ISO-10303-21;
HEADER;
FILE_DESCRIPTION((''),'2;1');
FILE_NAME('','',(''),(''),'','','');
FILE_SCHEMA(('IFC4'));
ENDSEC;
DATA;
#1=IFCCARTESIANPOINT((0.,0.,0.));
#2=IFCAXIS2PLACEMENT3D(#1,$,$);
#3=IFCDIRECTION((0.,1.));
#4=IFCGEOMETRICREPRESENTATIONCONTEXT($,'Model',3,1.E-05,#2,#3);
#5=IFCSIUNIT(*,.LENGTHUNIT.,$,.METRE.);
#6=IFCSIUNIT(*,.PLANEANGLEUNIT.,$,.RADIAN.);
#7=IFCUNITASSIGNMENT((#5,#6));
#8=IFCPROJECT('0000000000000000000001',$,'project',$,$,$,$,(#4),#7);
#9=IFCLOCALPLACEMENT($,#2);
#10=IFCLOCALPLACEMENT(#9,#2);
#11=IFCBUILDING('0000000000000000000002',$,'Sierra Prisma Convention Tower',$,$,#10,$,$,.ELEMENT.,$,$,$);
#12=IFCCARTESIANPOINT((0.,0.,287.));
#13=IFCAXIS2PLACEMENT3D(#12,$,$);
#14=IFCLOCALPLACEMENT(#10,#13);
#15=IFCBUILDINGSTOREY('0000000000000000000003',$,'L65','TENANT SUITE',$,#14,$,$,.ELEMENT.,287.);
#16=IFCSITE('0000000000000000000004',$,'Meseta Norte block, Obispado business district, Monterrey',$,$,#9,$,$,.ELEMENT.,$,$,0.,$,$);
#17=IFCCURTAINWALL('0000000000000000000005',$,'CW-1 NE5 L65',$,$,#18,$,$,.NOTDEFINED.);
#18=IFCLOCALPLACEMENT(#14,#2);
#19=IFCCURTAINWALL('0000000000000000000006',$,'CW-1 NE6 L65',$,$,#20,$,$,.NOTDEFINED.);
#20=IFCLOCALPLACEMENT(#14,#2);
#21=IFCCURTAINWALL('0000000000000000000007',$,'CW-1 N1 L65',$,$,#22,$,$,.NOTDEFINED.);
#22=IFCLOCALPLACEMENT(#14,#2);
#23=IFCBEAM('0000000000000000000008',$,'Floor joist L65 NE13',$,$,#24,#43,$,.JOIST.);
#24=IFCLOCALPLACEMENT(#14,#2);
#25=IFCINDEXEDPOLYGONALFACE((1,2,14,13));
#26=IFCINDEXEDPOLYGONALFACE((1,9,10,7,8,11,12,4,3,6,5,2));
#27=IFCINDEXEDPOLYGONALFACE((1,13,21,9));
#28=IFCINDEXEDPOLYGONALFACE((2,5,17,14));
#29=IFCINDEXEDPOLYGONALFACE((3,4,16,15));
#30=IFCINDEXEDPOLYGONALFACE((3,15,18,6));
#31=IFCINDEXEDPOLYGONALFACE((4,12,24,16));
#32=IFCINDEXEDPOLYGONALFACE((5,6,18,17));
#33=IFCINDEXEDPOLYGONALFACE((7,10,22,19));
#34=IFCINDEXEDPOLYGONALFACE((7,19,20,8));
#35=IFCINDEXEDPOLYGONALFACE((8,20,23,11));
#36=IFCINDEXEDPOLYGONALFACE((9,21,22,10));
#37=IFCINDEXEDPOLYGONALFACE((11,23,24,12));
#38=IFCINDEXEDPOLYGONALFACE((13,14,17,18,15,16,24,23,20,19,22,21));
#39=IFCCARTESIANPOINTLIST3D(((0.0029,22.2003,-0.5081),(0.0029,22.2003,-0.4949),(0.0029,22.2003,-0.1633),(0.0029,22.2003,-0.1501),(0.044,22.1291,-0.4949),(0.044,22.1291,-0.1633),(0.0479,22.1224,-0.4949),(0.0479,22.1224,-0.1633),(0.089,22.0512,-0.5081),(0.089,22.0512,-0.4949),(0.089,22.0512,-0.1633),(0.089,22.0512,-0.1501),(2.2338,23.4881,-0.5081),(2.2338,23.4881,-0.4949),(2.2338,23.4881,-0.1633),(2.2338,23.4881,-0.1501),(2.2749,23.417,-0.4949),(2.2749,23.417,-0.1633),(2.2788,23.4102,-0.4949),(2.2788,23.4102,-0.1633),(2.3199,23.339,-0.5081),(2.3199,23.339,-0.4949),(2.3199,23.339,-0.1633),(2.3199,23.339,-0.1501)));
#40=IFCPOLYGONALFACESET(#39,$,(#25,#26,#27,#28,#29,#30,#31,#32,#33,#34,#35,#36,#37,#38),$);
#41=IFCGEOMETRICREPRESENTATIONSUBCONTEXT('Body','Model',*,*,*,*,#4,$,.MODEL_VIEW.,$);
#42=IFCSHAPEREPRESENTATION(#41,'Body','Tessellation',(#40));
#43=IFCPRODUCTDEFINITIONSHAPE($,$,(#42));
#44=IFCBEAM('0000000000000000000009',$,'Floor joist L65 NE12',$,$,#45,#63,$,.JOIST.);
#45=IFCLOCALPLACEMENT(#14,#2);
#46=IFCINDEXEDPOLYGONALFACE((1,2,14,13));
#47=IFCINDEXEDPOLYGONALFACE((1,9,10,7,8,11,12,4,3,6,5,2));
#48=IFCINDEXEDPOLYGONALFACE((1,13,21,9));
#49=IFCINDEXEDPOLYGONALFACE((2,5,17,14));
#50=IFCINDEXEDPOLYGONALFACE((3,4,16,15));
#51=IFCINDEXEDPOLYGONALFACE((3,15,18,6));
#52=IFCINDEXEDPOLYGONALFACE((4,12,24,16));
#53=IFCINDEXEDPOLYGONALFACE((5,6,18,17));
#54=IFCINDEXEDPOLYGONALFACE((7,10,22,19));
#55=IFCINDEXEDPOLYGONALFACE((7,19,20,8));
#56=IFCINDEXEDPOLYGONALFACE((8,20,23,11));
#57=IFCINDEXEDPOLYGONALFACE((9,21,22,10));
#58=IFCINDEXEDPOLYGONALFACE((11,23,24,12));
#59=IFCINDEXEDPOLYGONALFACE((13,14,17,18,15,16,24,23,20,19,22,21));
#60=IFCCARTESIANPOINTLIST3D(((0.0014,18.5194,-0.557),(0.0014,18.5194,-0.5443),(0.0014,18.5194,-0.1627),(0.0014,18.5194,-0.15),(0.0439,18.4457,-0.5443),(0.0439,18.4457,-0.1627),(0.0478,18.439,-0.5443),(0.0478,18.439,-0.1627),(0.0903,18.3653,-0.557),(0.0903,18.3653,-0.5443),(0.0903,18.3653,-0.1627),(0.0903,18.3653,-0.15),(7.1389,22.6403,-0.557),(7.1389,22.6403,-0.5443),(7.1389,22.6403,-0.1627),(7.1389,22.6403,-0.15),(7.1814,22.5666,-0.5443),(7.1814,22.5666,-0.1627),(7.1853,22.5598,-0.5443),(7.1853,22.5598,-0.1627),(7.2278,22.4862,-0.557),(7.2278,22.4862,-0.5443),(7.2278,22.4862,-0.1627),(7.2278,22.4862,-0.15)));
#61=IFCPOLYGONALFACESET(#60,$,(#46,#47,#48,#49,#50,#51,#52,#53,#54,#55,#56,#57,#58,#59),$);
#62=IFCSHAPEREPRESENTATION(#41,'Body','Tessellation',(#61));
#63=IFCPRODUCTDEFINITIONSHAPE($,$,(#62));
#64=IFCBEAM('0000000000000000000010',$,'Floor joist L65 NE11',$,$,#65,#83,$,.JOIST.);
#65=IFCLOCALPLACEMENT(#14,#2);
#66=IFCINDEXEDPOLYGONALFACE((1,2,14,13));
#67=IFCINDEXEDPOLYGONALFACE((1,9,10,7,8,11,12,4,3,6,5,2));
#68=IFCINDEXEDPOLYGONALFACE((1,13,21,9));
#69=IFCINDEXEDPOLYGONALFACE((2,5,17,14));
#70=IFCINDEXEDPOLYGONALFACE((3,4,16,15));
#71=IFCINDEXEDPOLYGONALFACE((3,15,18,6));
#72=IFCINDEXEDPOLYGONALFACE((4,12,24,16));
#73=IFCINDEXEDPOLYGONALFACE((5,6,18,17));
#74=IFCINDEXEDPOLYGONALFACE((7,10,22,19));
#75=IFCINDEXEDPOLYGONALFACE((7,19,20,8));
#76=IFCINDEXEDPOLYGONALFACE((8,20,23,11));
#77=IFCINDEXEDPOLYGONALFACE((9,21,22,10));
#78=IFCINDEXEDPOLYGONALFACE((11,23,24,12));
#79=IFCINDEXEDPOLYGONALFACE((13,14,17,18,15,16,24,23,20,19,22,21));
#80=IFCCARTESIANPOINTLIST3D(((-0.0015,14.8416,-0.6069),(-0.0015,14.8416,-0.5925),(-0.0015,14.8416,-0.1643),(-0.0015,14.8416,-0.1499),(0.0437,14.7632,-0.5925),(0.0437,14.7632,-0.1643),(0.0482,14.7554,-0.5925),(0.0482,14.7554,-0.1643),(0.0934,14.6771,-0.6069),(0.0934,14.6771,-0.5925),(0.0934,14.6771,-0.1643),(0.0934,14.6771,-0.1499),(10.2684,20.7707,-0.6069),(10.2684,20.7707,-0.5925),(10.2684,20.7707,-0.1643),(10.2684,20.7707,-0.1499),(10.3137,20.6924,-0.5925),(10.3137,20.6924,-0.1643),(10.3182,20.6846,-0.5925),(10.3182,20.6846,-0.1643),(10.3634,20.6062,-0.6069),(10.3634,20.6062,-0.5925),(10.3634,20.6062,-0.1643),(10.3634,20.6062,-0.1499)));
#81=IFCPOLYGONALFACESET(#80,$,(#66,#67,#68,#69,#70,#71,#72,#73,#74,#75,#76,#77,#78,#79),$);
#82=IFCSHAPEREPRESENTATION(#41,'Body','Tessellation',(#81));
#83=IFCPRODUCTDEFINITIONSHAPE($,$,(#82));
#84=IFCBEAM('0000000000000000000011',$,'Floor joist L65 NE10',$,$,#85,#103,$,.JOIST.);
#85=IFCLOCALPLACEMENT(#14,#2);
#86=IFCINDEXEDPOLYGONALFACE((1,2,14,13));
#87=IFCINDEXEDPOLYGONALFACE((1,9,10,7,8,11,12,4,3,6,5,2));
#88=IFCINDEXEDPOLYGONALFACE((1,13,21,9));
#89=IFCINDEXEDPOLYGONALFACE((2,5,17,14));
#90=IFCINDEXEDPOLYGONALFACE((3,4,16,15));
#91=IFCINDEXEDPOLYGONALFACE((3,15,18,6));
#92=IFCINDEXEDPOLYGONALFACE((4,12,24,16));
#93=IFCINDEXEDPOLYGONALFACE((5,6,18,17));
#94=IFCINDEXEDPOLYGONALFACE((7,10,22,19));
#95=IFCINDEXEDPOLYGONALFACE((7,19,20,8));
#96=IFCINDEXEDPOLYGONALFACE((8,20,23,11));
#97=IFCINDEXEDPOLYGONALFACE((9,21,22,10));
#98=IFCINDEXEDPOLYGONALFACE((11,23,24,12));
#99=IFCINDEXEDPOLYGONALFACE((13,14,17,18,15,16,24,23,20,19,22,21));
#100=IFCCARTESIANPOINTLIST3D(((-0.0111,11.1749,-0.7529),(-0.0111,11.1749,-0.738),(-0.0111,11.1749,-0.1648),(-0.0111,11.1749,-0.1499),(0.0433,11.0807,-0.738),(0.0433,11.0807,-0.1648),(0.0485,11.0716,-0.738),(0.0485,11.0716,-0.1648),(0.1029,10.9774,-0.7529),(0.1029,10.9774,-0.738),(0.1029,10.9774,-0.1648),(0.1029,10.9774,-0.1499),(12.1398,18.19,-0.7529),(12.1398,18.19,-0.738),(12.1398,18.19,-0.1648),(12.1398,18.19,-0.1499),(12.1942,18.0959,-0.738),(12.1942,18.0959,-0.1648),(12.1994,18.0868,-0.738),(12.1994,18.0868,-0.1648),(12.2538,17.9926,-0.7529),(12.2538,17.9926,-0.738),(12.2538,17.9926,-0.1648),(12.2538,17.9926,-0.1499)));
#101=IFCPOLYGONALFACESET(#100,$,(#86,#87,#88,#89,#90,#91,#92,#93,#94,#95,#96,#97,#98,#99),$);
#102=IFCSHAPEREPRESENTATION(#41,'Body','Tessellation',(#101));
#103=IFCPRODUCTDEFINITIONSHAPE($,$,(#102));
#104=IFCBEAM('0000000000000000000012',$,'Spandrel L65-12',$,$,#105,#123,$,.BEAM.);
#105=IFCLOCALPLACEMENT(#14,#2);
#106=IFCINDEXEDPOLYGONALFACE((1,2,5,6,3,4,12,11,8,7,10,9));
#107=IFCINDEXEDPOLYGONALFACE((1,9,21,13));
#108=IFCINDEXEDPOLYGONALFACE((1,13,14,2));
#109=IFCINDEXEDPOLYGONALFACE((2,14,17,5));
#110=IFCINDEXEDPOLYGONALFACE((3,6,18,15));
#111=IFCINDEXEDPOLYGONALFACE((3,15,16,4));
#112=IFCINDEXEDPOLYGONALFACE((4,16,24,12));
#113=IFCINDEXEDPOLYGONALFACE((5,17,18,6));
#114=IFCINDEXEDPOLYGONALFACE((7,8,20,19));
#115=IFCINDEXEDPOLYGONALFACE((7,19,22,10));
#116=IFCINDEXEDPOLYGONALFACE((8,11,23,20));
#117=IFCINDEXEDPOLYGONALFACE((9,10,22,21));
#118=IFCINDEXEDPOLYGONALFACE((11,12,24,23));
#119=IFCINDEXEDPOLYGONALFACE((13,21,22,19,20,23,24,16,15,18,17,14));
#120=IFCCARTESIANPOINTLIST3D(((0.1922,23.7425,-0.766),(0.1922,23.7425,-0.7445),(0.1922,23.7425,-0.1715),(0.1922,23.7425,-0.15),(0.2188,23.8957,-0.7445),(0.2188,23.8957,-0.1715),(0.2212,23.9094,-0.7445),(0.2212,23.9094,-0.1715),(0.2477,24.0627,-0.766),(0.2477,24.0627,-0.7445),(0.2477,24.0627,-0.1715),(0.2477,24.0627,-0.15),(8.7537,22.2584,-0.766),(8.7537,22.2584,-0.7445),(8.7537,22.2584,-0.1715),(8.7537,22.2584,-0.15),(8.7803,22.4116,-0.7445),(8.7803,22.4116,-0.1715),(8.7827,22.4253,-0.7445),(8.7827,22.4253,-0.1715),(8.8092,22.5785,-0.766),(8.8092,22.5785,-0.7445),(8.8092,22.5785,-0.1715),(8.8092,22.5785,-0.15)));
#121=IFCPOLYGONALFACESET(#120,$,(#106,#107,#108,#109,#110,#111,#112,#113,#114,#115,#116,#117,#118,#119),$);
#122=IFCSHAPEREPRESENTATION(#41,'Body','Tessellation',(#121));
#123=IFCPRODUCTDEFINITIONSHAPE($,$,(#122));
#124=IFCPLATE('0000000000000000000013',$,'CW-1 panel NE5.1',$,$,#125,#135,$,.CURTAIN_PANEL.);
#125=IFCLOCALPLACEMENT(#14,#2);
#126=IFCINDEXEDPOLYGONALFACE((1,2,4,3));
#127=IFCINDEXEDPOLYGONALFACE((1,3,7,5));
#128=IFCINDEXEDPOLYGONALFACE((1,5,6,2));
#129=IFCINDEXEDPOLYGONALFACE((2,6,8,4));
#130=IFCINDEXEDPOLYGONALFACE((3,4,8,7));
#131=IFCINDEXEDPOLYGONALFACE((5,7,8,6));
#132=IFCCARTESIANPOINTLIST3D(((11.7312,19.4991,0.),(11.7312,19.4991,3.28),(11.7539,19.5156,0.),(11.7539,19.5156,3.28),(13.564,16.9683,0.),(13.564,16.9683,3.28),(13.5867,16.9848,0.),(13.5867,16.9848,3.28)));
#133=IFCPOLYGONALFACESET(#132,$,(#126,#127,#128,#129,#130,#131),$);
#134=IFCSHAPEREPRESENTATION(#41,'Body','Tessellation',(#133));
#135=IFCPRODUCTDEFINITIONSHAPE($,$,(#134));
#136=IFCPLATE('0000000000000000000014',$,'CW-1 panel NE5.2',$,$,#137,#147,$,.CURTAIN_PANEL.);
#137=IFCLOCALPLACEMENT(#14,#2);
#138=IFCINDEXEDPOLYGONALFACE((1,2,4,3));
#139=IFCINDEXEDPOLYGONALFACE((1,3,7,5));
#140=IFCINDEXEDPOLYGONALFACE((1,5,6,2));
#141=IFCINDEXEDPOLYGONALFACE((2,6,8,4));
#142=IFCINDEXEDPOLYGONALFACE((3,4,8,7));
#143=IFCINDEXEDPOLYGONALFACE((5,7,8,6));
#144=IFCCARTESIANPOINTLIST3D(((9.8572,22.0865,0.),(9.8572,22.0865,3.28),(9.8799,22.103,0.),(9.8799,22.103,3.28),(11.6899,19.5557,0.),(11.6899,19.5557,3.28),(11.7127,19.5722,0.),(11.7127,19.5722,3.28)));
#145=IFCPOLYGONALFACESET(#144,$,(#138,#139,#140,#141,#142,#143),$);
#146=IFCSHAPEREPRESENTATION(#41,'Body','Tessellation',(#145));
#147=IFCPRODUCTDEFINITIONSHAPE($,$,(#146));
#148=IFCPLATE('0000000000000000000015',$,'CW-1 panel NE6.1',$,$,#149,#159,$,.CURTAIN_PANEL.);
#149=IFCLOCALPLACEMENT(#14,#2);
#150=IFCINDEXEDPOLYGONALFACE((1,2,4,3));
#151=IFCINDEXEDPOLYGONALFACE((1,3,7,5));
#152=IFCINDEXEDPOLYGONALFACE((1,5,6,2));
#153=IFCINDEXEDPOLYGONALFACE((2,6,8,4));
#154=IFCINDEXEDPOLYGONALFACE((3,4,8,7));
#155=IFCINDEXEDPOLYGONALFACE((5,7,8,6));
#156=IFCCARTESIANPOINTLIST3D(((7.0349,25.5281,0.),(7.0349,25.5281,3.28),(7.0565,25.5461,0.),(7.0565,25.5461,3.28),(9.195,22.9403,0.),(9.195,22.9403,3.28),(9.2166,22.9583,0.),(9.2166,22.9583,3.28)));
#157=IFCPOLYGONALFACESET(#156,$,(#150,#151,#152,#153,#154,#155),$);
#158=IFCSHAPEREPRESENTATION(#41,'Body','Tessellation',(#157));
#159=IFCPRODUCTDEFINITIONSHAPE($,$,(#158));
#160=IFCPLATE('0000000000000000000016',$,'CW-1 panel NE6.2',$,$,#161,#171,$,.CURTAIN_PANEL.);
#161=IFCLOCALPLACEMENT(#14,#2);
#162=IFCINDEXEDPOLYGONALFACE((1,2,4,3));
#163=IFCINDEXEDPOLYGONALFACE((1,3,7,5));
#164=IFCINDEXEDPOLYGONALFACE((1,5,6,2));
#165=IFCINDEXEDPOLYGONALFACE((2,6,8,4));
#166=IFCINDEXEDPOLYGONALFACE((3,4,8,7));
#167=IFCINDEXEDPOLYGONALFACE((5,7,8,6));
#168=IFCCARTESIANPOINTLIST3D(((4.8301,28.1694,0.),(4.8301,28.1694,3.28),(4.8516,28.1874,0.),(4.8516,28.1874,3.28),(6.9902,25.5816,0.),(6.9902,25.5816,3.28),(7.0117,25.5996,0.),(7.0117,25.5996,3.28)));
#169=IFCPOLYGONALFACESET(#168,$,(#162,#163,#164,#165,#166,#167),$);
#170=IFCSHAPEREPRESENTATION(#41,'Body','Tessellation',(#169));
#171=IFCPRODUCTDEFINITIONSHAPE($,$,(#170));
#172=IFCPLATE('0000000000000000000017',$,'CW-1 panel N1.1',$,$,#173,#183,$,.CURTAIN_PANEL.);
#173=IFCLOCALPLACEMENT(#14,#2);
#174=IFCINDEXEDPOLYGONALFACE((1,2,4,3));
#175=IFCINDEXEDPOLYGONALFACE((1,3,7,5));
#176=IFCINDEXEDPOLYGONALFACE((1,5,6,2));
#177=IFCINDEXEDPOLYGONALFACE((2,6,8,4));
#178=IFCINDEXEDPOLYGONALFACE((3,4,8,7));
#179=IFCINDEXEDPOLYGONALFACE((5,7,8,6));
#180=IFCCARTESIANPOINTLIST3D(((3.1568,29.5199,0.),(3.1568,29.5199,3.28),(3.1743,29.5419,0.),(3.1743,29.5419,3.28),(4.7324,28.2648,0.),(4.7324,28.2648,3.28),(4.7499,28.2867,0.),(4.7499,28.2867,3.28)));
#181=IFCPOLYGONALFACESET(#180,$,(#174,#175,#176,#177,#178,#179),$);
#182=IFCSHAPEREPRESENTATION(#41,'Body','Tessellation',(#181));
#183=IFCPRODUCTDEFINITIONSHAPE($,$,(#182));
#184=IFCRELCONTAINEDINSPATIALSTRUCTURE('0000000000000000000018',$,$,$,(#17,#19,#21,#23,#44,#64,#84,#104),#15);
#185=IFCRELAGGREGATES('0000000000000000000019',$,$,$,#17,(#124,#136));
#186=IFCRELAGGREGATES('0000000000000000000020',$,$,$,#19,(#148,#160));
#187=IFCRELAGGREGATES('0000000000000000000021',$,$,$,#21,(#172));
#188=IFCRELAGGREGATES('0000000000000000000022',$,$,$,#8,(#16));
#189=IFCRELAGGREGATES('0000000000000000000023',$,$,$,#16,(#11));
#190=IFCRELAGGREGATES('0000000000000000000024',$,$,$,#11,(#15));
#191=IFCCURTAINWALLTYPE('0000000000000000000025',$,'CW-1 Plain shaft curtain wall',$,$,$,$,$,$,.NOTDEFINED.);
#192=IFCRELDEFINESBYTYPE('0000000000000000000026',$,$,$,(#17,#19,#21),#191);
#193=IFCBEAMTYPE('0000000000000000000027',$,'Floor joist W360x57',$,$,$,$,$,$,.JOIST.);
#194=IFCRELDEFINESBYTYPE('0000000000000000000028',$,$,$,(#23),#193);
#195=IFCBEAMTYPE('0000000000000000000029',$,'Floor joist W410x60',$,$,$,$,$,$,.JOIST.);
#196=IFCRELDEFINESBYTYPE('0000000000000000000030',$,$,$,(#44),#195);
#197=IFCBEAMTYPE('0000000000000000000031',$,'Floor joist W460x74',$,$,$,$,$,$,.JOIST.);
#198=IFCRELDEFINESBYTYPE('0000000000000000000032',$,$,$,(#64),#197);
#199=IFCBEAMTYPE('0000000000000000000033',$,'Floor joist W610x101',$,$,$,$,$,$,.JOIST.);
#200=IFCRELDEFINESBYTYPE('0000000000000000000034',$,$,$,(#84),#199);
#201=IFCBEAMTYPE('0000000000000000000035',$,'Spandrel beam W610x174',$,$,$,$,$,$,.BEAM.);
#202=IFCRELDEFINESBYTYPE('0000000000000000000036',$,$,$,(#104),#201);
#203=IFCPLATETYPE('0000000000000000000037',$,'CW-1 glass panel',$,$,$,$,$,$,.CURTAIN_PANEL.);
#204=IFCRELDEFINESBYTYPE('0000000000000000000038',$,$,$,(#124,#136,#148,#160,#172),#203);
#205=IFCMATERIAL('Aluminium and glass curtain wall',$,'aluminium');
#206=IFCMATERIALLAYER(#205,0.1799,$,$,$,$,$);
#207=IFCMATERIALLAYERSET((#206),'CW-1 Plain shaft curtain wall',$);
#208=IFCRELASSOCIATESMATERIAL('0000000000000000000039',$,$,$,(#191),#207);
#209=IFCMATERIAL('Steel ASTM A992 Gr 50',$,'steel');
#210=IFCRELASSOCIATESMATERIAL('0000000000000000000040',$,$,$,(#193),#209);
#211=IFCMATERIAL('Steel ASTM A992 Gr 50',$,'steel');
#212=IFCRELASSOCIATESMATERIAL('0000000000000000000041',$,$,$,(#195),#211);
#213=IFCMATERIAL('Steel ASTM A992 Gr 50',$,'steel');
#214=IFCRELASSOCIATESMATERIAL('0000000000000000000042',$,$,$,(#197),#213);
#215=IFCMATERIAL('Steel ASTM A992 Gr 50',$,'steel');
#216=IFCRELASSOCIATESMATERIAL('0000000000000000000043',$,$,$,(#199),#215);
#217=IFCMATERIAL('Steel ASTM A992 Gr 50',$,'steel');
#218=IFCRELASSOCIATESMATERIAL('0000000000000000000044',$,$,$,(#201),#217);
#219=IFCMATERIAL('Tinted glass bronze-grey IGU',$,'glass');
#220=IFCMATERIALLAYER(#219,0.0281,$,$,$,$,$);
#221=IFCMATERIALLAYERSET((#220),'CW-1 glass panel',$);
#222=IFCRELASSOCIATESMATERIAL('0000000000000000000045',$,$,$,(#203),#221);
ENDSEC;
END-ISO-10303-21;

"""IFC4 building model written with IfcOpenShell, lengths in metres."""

from ifc_helpers import new_model, si_unit, direction, frame, origin, origin_2d, place, context, subcontext, project, spatial, rectangle, i_section, extrude, material, layer, layer_set, material_profile, profile_set, type_object, element, aggregate, save


model = new_model("IFC4")

# Units and contexts
model_context = context("Model", 3, precision=1e-05, world=origin(), true_north=direction((0.0, 1.0)))
body_context = subcontext(model_context, "Body", "Model", "MODEL_VIEW")
ifc_project = project(units=[si_unit("LENGTHUNIT", "METRE"), si_unit("PLANEANGLEUNIT", "RADIAN")], contexts=[model_context])

# Site, building, storey
site_placement = place(None, origin())
site = spatial("IfcSite", under=ifc_project, at=site_placement, Name="Meseta Norte block, Obispado business district, Monterrey", CompositionType="ELEMENT", RefElevation=0.0)
building_placement = place(site_placement, origin())
building = spatial("IfcBuilding", under=site, at=building_placement, Name="Sierra Prisma Convention Tower", CompositionType="ELEMENT")
storey_placement = place(building_placement, frame((0.0, 0.0, 287.0)))
storey = spatial("IfcBuildingStorey", under=building, at=storey_placement, Name="L65", Description="TENANT SUITE", CompositionType="ELEMENT", Elevation=287.0)

# Curtain wall
ifc_material_1 = material(Name="Aluminium and glass curtain wall", Category="aluminium")
ifc_layer_1 = layer(ifc_material_1, 0.1799)
ifc_layer_set_1 = layer_set([ifc_layer_1], Name="CW-1 Plain shaft curtain wall")
curtain_wall_type = type_object("IfcCurtainWallType", Name="CW-1 Plain shaft curtain wall", PredefinedType="NOTDEFINED", material=ifc_layer_set_1)
curtain_wall_1_placement = place(storey_placement, origin())
curtain_wall_1 = element("IfcCurtainWall", 1, at=curtain_wall_1_placement, inside=storey, type_object=curtain_wall_type, Name="CW-1 NE5 L65", PredefinedType="NOTDEFINED")

# Curtain walls
curtain_wall_2_placement = place(storey_placement, origin())
curtain_wall_2 = element("IfcCurtainWall", 2, at=curtain_wall_2_placement, inside=storey, type_object=curtain_wall_type, Name="CW-1 NE6 L65", PredefinedType="NOTDEFINED")
curtain_wall_3_placement = place(storey_placement, origin())
curtain_wall_3 = element("IfcCurtainWall", 3, at=curtain_wall_3_placement, inside=storey, type_object=curtain_wall_type, Name="CW-1 N1 L65", PredefinedType="NOTDEFINED")

# Beams
ifc_material_2 = material(Name="Steel ASTM A992 Gr 50", Category="steel")
ifc_material_profile_1 = material_profile(ifc_material_2, i_section(OverallWidth=0.1721, OverallDepth=0.3579, WebThickness=0.0078, FlangeThickness=0.0132, at=origin_2d()), Name="W360x57")
ifc_profile_set_1 = profile_set([ifc_material_profile_1], Name="Steel ASTM A992 Gr 50")
beam_type_1 = type_object("IfcBeamType", Name="Floor joist W360x57", PredefinedType="JOIST", material=ifc_profile_set_1)
beam_1_placement = place(storey_placement, frame((2.2769, 23.4136, -0.3291), z_axis=(-0.866059, -0.499941, 0.0), x_axis=(0.499941, -0.866059, 0.0)))
element("IfcBeam", 4, at=beam_1_placement, inside=storey, type_object=beam_type_1, Name="Floor joist L65 NE13", PredefinedType="JOIST", context=body_context, shape_type="SweptSolid", body=[
    extrude(i_section(OverallWidth=0.1721, OverallDepth=0.3579, WebThickness=0.0078, FlangeThickness=0.0132, at=origin_2d()), origin(), (0.0, 0.0, 1.0), 2.5759),
])
ifc_material_3 = material(Name="Steel ASTM A992 Gr 50", Category="steel")
ifc_material_profile_2 = material_profile(ifc_material_3, i_section(OverallWidth=0.178, OverallDepth=0.407, WebThickness=0.0078, FlangeThickness=0.0127, at=origin_2d()), Name="W410x60")
ifc_profile_set_2 = profile_set([ifc_material_profile_2], Name="Steel ASTM A992 Gr 50")
beam_type_2 = type_object("IfcBeamType", Name="Floor joist W410x60", PredefinedType="JOIST", material=ifc_profile_set_2)
beam_2_placement = place(storey_placement, frame((7.1833, 22.5632, -0.3535), z_axis=(-0.866023, -0.500004, 0.0), x_axis=(0.500004, -0.866023, 0.0)))
element("IfcBeam", 5, at=beam_2_placement, inside=storey, type_object=beam_type_2, Name="Floor joist L65 NE12", PredefinedType="JOIST", context=body_context, shape_type="SweptSolid", body=[
    extrude(i_section(OverallWidth=0.178, OverallDepth=0.407, WebThickness=0.0078, FlangeThickness=0.0127, at=origin_2d()), origin(), (0.0, 0.0, 1.0), 8.2417),
])
ifc_material_4 = material(Name="Steel ASTM A992 Gr 50", Category="steel")
ifc_material_profile_3 = material_profile(ifc_material_4, i_section(OverallWidth=0.1899, OverallDepth=0.457, WebThickness=0.009, FlangeThickness=0.0144, at=origin_2d()), Name="W460x74")
ifc_profile_set_3 = profile_set([ifc_material_profile_3], Name="Steel ASTM A992 Gr 50")
beam_type_3 = type_object("IfcBeamType", Name="Floor joist W460x74", PredefinedType="JOIST", material=ifc_profile_set_3)
beam_3_placement = place(storey_placement, frame((10.3159, 20.6885, -0.3784), z_axis=(-0.866033, -0.499987, 0.0), x_axis=(0.499987, -0.866033, 0.0)))
element("IfcBeam", 6, at=beam_3_placement, inside=storey, type_object=beam_type_3, Name="Floor joist L65 NE11", PredefinedType="JOIST", context=body_context, shape_type="SweptSolid", body=[
    extrude(i_section(OverallWidth=0.1899, OverallDepth=0.457, WebThickness=0.009, FlangeThickness=0.0144, at=origin_2d()), origin(), (0.0, 0.0, 1.0), 11.8586),
])
ifc_material_5 = material(Name="Steel ASTM A992 Gr 50", Category="steel")
ifc_material_profile_4 = material_profile(ifc_material_5, i_section(OverallWidth=0.228, OverallDepth=0.603, WebThickness=0.0105, FlangeThickness=0.0149, at=origin_2d()), Name="W610x101")
ifc_profile_set_4 = profile_set([ifc_material_profile_4], Name="Steel ASTM A992 Gr 50")
beam_type_4 = type_object("IfcBeamType", Name="Floor joist W610x101", PredefinedType="JOIST", material=ifc_profile_set_4)
beam_4_placement = place(storey_placement, frame((12.1968, 18.0913, -0.4514), z_axis=(-0.866031, -0.499991, 0.0), x_axis=(0.499991, -0.866031, 0.0)))
element("IfcBeam", 7, at=beam_4_placement, inside=storey, type_object=beam_type_4, Name="Floor joist L65 NE10", PredefinedType="JOIST", context=body_context, shape_type="SweptSolid", body=[
    extrude(i_section(OverallWidth=0.228, OverallDepth=0.603, WebThickness=0.0105, FlangeThickness=0.0149, at=origin_2d()), origin(), (0.0, 0.0, 1.0), 14.0305),
])
ifc_material_6 = material(Name="Steel ASTM A992 Gr 50", Category="steel")
ifc_material_profile_5 = material_profile(ifc_material_6, i_section(OverallWidth=0.325, OverallDepth=0.616, WebThickness=0.0139, FlangeThickness=0.0215, at=origin_2d()), Name="W610x174")
ifc_profile_set_5 = profile_set([ifc_material_profile_5], Name="Steel ASTM A992 Gr 50")
beam_type_5 = type_object("IfcBeamType", Name="Spandrel beam W610x174", PredefinedType="BEAM", material=ifc_profile_set_5)
beam_5_placement = place(storey_placement, frame((8.7815, 22.4185, -0.458), z_axis=(-0.985305, 0.170802, 0.0), x_axis=(-0.170802, -0.985305, 0.0)))
element("IfcBeam", 8, at=beam_5_placement, inside=storey, type_object=beam_type_5, Name="Spandrel L65-12", PredefinedType="BEAM", context=body_context, shape_type="SweptSolid", body=[
    extrude(i_section(OverallWidth=0.325, OverallDepth=0.616, WebThickness=0.0139, FlangeThickness=0.0215, at=origin_2d()), origin(), (0.0, 0.0, 1.0), 8.6892),
])

# Plates
ifc_material_7 = material(Name="Tinted glass bronze-grey IGU", Category="glass")
ifc_layer_2 = layer(ifc_material_7, 0.0281)
ifc_layer_set_2 = layer_set([ifc_layer_2], Name="CW-1 glass panel")
plate_type = type_object("IfcPlateType", Name="CW-1 glass panel", PredefinedType="CURTAIN_PANEL", material=ifc_layer_set_2)
plate_1_placement = place(storey_placement, frame((12.6589, 18.2419, 0.0), z_axis=(0.0, 0.0, 1.0), x_axis=(-0.586537, 0.809923, 0.0)))
plate_1 = element("IfcPlate", 9, at=plate_1_placement, type_object=plate_type, Name="CW-1 panel NE5.1", PredefinedType="CURTAIN_PANEL", context=body_context, shape_type="SweptSolid", body=[
    extrude(rectangle(XDim=3.1248, YDim=0.0281, at=origin_2d()), origin(), (0.0, 0.0, 1.0), 3.28),
])
plate_2_placement = place(storey_placement, frame((10.7849, 20.8293, 0.0), z_axis=(0.0, 0.0, 1.0), x_axis=(-0.586537, 0.809923, 0.0)))
plate_2 = element("IfcPlate", 10, at=plate_2_placement, type_object=plate_type, Name="CW-1 panel NE5.2", PredefinedType="CURTAIN_PANEL", context=body_context, shape_type="SweptSolid", body=[
    extrude(rectangle(XDim=3.1248, YDim=0.0281, at=origin_2d()), origin(), (0.0, 0.0, 1.0), 3.28),
])
aggregate(curtain_wall_1, [plate_1, plate_2])
plate_3_placement = place(storey_placement, frame((8.1257, 24.2432, 0.0), z_axis=(0.0, 0.0, 1.0), x_axis=(-0.640816, 0.767694, 0.0)))
plate_3 = element("IfcPlate", 11, at=plate_3_placement, type_object=plate_type, Name="CW-1 panel NE6.1", PredefinedType="CURTAIN_PANEL", context=body_context, shape_type="SweptSolid", body=[
    extrude(rectangle(XDim=3.3708, YDim=0.0281, at=origin_2d()), origin(), (0.0, 0.0, 1.0), 3.28),
])
plate_4_placement = place(storey_placement, frame((5.9209, 26.8845, 0.0), z_axis=(0.0, 0.0, 1.0), x_axis=(-0.640816, 0.767694, 0.0)))
plate_4 = element("IfcPlate", 12, at=plate_4_placement, type_object=plate_type, Name="CW-1 panel NE6.2", PredefinedType="CURTAIN_PANEL", context=body_context, shape_type="SweptSolid", body=[
    extrude(rectangle(XDim=3.3708, YDim=0.0281, at=origin_2d()), origin(), (0.0, 0.0, 1.0), 3.28),
])
aggregate(curtain_wall_2, [plate_3, plate_4])
plate_5_placement = place(storey_placement, frame((3.9534, 28.9033, 0.0), z_axis=(0.0, 0.0, 1.0), x_axis=(-0.782158, 0.62308, 0.0)))
plate_5 = element("IfcPlate", 13, at=plate_5_placement, type_object=plate_type, Name="CW-1 panel N1.1", PredefinedType="CURTAIN_PANEL", context=body_context, shape_type="SweptSolid", body=[
    extrude(rectangle(XDim=2.0144, YDim=0.0281, at=origin_2d()), origin(), (0.0, 0.0, 1.0), 3.28),
])
aggregate(curtain_wall_3, [plate_5])

save(model, "model.ifc")
